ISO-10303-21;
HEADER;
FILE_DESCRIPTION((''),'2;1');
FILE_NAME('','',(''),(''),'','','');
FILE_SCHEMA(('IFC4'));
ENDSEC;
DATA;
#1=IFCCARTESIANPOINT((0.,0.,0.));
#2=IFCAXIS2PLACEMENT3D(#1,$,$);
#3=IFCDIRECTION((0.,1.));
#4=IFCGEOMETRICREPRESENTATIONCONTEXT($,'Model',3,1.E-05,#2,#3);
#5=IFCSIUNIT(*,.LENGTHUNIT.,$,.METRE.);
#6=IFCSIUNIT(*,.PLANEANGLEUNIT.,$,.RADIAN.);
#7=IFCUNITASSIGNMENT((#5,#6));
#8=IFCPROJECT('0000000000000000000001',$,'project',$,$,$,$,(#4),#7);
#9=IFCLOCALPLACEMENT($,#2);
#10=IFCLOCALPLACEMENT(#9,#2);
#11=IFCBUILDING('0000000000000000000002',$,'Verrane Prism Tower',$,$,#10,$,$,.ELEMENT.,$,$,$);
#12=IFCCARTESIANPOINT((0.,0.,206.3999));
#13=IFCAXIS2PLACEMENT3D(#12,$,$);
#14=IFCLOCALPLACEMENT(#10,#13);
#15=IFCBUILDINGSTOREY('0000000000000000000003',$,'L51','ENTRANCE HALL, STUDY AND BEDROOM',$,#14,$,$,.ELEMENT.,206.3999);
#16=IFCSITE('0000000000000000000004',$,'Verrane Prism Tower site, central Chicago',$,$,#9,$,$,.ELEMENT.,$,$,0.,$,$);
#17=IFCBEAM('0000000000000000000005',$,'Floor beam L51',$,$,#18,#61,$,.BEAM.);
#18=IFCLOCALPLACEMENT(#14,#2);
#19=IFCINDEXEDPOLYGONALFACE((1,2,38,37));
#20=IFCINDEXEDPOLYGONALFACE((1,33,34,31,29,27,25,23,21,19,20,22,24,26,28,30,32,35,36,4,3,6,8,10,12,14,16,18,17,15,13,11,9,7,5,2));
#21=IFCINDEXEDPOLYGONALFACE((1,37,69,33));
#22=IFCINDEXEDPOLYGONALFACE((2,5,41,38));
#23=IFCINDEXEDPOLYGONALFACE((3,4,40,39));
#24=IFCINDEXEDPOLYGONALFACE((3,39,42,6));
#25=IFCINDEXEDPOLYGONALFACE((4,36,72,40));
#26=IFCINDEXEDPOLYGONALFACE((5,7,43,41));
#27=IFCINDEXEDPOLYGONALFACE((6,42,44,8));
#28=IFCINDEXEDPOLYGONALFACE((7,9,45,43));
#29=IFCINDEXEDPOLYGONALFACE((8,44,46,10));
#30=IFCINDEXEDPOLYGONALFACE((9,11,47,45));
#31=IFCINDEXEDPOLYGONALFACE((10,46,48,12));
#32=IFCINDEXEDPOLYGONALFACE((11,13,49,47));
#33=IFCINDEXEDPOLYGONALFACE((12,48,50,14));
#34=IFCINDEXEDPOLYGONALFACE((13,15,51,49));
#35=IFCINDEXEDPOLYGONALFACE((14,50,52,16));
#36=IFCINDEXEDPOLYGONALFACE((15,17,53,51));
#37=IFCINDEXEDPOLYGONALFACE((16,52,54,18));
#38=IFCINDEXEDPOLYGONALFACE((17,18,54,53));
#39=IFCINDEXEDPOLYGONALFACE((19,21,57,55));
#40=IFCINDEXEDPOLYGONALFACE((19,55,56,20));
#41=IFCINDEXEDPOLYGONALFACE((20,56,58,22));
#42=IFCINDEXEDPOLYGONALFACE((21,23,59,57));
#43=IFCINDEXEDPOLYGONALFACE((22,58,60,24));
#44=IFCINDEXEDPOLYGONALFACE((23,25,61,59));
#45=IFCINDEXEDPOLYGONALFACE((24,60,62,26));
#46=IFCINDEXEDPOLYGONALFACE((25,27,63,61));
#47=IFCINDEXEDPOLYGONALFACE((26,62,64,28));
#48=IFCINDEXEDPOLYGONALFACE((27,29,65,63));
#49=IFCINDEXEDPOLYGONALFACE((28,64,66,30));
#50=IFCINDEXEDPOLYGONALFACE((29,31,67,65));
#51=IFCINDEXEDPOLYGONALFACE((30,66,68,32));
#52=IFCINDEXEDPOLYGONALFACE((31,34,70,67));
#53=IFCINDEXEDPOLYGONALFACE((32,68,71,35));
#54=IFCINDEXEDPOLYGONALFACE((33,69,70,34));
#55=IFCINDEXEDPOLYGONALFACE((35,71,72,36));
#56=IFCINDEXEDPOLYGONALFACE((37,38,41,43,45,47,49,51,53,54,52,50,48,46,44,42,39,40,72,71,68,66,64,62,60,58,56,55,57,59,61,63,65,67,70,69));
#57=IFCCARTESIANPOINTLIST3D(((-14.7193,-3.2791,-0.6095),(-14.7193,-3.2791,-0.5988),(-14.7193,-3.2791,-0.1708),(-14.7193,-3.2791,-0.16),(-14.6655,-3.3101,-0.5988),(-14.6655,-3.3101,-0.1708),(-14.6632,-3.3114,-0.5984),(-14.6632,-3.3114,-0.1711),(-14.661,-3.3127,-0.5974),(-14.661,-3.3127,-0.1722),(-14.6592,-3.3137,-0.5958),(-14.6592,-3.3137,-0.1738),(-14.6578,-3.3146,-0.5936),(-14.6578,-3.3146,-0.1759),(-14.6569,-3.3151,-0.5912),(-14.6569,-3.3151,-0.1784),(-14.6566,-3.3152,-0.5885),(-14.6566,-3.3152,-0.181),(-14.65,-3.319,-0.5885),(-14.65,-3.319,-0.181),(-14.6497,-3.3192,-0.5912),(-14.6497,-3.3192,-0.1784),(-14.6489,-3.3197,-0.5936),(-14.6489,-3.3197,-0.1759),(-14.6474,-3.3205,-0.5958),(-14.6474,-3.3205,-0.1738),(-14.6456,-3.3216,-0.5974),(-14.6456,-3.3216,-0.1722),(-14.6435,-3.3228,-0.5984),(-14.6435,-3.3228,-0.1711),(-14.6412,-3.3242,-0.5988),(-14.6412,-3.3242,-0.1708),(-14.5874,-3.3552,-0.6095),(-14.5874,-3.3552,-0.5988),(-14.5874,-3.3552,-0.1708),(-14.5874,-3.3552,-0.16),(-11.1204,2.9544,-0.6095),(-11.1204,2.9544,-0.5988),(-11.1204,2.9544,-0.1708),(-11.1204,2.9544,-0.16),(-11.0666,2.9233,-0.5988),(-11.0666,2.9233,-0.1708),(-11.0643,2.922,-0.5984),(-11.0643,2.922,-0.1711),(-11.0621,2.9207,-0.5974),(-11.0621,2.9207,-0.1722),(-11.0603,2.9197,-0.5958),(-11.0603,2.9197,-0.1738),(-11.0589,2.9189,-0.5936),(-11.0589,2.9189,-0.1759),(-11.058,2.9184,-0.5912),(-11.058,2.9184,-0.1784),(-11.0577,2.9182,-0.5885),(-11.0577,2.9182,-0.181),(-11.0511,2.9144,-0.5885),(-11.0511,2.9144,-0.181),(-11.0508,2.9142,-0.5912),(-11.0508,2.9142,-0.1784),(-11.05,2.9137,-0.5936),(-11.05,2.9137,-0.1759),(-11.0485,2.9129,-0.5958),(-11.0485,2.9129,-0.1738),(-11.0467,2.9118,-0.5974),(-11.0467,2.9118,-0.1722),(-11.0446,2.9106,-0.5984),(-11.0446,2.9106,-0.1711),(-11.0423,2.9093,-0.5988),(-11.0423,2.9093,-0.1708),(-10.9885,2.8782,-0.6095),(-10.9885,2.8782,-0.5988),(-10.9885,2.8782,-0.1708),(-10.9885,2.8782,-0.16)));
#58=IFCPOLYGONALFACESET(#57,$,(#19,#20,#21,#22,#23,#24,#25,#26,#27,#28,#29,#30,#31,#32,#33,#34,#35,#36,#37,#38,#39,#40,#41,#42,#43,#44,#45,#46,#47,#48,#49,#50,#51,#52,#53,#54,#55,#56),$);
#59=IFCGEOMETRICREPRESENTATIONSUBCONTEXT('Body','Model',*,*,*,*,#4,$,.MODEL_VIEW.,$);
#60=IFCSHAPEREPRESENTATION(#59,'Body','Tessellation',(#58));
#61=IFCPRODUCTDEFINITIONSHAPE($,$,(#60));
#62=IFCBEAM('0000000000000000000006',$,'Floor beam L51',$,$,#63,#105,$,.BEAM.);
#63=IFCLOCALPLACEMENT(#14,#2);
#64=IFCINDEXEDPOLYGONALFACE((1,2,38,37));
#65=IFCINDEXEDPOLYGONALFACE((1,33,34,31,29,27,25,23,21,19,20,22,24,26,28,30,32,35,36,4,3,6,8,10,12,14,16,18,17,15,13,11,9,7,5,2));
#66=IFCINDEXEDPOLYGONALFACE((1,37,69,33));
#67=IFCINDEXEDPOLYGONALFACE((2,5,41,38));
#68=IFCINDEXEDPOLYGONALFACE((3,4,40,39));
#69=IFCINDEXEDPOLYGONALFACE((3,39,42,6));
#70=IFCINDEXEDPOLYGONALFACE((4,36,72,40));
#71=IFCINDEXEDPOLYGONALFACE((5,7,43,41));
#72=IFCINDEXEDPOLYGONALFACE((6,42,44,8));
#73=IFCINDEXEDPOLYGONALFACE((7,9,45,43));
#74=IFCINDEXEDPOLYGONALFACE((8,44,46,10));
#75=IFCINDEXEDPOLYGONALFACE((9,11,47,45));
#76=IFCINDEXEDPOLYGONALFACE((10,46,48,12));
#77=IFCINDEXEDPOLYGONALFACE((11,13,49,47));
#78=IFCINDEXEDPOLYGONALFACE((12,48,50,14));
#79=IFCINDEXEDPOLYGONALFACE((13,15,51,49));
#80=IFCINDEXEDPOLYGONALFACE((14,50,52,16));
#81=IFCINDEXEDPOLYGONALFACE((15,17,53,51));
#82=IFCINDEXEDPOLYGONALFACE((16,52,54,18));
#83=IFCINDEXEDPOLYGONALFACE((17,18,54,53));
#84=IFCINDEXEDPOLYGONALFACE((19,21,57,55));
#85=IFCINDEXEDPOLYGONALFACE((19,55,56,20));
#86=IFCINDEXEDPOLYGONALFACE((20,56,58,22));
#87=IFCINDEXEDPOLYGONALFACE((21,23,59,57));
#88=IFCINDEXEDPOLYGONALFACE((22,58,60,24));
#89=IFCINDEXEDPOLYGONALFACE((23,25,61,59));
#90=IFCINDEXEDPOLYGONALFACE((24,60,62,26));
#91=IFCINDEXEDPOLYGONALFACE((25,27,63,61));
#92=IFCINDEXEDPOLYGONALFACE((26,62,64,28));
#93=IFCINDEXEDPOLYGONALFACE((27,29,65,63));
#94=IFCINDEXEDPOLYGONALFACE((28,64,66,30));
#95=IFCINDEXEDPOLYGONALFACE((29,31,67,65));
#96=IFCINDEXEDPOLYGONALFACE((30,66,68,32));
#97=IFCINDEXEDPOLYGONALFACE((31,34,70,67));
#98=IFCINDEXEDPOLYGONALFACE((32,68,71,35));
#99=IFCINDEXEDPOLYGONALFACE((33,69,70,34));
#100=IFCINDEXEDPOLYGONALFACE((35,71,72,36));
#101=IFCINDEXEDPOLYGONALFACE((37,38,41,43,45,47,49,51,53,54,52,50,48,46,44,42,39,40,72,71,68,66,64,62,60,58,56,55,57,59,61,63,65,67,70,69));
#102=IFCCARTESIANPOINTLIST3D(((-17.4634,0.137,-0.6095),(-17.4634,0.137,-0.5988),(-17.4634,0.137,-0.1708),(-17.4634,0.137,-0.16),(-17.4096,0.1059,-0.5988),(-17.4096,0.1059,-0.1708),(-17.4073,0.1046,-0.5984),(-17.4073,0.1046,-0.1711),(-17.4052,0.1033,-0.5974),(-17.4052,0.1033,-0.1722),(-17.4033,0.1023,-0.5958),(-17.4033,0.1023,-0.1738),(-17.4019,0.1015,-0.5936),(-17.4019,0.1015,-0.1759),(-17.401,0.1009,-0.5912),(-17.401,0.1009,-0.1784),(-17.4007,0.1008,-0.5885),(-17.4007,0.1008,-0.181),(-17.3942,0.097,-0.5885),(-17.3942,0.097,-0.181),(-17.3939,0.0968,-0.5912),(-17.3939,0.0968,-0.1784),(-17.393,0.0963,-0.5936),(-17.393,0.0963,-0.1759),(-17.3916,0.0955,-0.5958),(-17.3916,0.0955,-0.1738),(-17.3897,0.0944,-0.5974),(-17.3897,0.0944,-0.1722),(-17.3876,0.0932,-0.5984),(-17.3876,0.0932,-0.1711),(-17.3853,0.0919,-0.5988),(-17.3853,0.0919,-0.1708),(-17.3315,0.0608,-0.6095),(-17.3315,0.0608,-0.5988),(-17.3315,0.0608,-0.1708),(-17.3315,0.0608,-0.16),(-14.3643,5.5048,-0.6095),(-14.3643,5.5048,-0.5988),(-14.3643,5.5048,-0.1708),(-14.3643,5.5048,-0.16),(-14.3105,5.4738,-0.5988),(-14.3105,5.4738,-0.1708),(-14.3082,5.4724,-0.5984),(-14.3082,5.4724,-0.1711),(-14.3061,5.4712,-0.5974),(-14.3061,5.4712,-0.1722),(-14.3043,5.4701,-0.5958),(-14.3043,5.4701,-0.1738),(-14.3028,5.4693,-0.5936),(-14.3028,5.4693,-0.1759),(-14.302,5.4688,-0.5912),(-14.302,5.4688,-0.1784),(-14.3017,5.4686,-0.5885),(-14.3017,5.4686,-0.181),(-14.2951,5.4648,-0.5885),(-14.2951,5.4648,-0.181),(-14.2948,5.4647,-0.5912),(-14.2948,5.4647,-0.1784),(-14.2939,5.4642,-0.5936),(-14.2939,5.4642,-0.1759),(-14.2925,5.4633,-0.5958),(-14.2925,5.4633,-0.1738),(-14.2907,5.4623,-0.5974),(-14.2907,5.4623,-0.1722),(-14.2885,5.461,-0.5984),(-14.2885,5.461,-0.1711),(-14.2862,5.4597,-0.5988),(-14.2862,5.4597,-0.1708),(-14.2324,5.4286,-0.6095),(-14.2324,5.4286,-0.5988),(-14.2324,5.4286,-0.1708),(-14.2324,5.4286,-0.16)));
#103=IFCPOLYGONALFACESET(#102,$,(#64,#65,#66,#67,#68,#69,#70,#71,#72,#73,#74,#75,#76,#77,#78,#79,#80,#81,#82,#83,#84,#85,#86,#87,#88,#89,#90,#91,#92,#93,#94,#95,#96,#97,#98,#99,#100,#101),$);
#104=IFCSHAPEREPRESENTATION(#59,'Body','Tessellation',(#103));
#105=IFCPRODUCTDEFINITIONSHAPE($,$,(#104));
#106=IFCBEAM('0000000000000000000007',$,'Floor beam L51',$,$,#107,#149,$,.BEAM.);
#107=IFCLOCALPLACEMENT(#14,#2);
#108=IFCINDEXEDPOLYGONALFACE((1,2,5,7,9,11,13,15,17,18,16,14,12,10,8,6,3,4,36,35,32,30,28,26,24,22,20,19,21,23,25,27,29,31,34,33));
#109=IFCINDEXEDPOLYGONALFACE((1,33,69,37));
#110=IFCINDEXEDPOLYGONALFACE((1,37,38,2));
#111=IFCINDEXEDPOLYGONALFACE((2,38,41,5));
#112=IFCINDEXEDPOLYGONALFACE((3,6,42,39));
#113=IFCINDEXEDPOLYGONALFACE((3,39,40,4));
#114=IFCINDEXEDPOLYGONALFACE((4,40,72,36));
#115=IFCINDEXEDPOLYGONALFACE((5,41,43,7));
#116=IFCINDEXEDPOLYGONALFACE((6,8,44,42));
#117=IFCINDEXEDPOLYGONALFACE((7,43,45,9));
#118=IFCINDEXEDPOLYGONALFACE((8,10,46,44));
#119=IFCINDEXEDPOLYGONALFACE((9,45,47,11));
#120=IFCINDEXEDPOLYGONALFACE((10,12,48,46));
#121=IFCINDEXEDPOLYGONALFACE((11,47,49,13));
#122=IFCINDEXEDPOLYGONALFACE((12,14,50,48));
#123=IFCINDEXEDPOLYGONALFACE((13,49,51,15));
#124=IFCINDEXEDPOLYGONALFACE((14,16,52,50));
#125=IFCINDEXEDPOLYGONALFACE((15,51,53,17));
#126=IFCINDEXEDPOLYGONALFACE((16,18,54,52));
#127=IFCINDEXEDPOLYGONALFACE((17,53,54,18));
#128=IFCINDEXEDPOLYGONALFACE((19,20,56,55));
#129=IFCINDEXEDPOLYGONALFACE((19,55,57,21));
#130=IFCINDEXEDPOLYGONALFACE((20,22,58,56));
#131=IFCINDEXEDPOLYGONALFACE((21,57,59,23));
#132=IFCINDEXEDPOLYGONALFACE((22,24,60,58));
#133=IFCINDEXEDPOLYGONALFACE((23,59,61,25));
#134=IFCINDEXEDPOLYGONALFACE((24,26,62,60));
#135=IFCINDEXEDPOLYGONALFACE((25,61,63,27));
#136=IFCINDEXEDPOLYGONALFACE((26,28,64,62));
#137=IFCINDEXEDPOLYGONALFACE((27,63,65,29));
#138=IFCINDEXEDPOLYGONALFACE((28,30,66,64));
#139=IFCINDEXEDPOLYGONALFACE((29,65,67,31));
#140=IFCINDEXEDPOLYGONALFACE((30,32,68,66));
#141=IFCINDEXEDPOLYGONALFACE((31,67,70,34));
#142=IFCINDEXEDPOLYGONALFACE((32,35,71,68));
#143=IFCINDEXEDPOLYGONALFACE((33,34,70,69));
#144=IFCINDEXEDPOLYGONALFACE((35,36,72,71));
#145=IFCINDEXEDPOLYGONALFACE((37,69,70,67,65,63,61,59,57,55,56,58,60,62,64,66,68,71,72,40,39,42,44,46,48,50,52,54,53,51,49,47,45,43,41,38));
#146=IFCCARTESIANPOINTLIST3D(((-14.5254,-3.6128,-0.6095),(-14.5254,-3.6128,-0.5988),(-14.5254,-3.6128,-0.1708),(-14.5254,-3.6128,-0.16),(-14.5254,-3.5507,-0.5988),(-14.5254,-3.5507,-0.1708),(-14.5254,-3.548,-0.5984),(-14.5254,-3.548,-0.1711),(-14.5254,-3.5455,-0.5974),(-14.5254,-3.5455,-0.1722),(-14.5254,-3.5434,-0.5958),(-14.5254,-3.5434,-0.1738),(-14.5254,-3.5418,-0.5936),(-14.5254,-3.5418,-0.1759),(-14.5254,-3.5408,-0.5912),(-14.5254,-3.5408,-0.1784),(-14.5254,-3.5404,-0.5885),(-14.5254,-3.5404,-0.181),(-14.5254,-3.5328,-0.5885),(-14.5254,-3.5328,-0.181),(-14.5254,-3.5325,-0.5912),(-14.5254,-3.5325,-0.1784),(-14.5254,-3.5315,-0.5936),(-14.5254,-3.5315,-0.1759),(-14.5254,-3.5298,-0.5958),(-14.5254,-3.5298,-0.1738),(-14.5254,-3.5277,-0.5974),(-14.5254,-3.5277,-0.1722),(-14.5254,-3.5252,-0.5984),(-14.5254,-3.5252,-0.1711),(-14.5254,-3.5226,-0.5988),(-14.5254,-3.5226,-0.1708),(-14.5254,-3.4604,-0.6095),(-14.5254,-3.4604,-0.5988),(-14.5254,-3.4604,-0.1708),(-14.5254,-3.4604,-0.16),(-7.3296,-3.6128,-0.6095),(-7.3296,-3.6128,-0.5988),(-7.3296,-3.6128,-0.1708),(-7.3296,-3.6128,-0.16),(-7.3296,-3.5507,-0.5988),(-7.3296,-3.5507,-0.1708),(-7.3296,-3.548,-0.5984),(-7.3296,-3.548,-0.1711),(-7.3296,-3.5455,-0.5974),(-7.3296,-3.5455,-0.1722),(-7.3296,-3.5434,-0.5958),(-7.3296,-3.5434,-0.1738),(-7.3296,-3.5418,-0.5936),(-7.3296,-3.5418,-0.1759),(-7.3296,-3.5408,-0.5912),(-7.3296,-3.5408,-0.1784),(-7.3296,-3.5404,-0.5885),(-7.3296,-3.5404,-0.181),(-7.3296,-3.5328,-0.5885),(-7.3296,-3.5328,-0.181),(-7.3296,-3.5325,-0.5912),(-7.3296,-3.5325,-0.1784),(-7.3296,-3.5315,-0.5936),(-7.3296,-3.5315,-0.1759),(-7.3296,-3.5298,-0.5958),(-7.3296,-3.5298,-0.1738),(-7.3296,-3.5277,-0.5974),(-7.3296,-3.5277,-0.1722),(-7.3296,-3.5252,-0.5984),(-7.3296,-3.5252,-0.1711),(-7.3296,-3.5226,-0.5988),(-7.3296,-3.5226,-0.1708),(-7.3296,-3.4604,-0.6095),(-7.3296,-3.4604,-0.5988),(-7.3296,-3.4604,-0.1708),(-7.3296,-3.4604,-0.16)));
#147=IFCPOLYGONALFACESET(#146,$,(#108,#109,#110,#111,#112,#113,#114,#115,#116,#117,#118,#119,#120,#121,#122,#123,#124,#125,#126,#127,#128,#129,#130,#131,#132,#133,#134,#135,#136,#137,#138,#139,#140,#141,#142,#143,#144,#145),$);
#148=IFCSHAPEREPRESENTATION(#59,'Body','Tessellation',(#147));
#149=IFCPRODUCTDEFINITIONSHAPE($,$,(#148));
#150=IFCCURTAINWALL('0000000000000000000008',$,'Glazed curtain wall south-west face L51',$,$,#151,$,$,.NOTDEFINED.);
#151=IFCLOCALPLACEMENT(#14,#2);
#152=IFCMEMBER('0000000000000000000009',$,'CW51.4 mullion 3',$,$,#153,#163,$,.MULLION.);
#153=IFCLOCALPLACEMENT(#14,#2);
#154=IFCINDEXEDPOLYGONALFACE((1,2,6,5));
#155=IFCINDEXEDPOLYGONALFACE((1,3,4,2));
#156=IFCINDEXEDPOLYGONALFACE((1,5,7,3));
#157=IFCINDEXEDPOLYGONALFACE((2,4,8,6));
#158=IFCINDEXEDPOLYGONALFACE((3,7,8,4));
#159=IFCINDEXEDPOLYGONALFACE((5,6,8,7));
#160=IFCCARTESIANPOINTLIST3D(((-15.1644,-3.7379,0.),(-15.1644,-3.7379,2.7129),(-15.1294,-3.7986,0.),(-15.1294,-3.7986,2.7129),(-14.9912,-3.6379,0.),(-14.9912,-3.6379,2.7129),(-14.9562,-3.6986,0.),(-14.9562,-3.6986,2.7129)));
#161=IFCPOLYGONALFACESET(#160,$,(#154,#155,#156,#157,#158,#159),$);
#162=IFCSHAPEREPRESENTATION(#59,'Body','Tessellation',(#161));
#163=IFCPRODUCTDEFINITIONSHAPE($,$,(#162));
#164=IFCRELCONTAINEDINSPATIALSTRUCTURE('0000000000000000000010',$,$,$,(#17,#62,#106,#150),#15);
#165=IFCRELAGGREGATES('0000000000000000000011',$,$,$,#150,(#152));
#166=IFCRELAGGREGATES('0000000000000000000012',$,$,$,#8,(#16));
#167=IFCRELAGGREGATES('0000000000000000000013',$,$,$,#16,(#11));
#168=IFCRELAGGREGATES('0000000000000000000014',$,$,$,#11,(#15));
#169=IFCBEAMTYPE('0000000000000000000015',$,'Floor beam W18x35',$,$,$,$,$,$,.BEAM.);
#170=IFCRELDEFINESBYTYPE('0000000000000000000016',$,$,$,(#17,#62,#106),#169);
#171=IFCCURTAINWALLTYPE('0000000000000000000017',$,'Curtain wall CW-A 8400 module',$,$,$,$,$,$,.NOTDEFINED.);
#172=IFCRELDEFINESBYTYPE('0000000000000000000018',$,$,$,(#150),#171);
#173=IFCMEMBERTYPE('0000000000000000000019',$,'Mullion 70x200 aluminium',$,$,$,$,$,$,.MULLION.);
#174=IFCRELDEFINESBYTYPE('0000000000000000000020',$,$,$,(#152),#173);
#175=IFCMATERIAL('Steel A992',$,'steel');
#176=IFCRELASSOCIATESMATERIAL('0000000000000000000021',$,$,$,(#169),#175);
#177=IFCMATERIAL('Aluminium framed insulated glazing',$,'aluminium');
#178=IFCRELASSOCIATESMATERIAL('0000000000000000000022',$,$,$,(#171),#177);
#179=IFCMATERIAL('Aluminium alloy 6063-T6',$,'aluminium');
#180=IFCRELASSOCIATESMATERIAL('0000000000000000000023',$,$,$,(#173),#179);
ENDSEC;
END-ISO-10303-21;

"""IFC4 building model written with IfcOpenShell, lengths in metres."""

from ifc_helpers import new_model, si_unit, direction, frame, origin, origin_2d, place, context, subcontext, project, spatial, rectangle, i_section, extrude, material, material_profile, profile_set, type_object, element, aggregate, save


model = new_model("IFC4")

# Units and contexts
model_context = context("Model", 3, precision=1e-05, world=origin(), true_north=direction((0.0, 1.0)))
body_context = subcontext(model_context, "Body", "Model", "MODEL_VIEW")
ifc_project = project(units=[si_unit("LENGTHUNIT", "METRE"), si_unit("PLANEANGLEUNIT", "RADIAN")], contexts=[model_context])

# Site, building, storey
site_placement = place(None, origin())
site = spatial("IfcSite", under=ifc_project, at=site_placement, Name="Verrane Prism Tower site, central Chicago", CompositionType="ELEMENT", RefElevation=0.0)
building_placement = place(site_placement, origin())
building = spatial("IfcBuilding", under=site, at=building_placement, Name="Verrane Prism Tower", CompositionType="ELEMENT")
storey_placement = place(building_placement, frame((0.0, 0.0, 206.3999)))
storey = spatial("IfcBuildingStorey", under=building, at=storey_placement, Name="L51", Description="ENTRANCE HALL, STUDY AND BEDROOM", CompositionType="ELEMENT", Elevation=206.3999)

# Beams
ifc_material_1 = material(Name="Steel A992", Category="steel")
ifc_material_profile_1 = material_profile(ifc_material_1, i_section(OverallWidth=0.1523, OverallDepth=0.4495, WebThickness=0.0076, FlangeThickness=0.0107, FilletRadius=0.0103, at=origin_2d()), Name="W18x35")
ifc_profile_set_1 = profile_set([ifc_material_profile_1], Name="Steel A992")
beam_type_1 = type_object("IfcBeamType", Name="Floor beam W18x35", PredefinedType="BEAM", material=ifc_profile_set_1)
beam_1_placement = place(storey_placement, frame((-14.6533, -3.3171, -0.3848), z_axis=(0.500002, 0.866024, 0.0), x_axis=(-0.866024, 0.500002, 0.0)))
element("IfcBeam", 1, at=beam_1_placement, inside=storey, type_object=beam_type_1, Name="Floor beam L51", PredefinedType="BEAM", context=body_context, shape_type="SweptSolid", body=[
    extrude(i_section(OverallWidth=0.1523, OverallDepth=0.4495, WebThickness=0.0076, FlangeThickness=0.0107, FilletRadius=0.0103, at=origin_2d()), origin(), (0.0, 0.0, 1.0), 7.1978),
])
beam_2_placement = place(storey_placement, frame((-17.3975, 0.0989, -0.3848), z_axis=(0.499994, 0.866029, 0.0), x_axis=(-0.866029, 0.499994, 0.0)))
element("IfcBeam", 2, at=beam_2_placement, inside=storey, type_object=beam_type_1, Name="Floor beam L51", PredefinedType="BEAM", context=body_context, shape_type="SweptSolid", body=[
    extrude(i_section(OverallWidth=0.1523, OverallDepth=0.4495, WebThickness=0.0076, FlangeThickness=0.0107, FilletRadius=0.0103, at=origin_2d()), origin(), (0.0, 0.0, 1.0), 6.1982),
])
beam_3_placement = place(storey_placement, frame((-14.5254, -3.5366, -0.3848), z_axis=(1.0, 0.0, 0.0), x_axis=(0.0, 1.0, 0.0)))
element("IfcBeam", 3, at=beam_3_placement, inside=storey, type_object=beam_type_1, Name="Floor beam L51", PredefinedType="BEAM", context=body_context, shape_type="SweptSolid", body=[
    extrude(i_section(OverallWidth=0.1523, OverallDepth=0.4495, WebThickness=0.0076, FlangeThickness=0.0107, FilletRadius=0.0103, at=origin_2d()), origin(), (0.0, 0.0, 1.0), 7.1958),
])

# Curtain wall, member
ifc_material_2 = material(Name="Aluminium framed insulated glazing", Category="aluminium")
curtain_wall_type = type_object("IfcCurtainWallType", Name="Curtain wall CW-A 8400 module", PredefinedType="NOTDEFINED", material=ifc_material_2)
curtain_wall_placement = place(storey_placement, origin())
curtain_wall = element("IfcCurtainWall", 4, at=curtain_wall_placement, inside=storey, type_object=curtain_wall_type, Name="Glazed curtain wall south-west face L51", PredefinedType="NOTDEFINED")
ifc_material_3 = material(Name="Aluminium alloy 6063-T6", Category="aluminium")
ifc_material_profile_2 = material_profile(ifc_material_3, rectangle(XDim=0.2, YDim=0.0701, at=origin_2d()), Name="Mullion 70x200 aluminium")
ifc_profile_set_2 = profile_set([ifc_material_profile_2], Name="Aluminium alloy 6063-T6")
member_type_1 = type_object("IfcMemberType", Name="Mullion 70x200 aluminium", PredefinedType="MULLION", material=ifc_profile_set_2)
member_1_placement = place(storey_placement, frame((-15.0603, -3.7183, 0.0), z_axis=(0.0, 0.0, 1.0), x_axis=(0.866026, 0.499999, 0.0)))
member_1 = element("IfcMember", 5, at=member_1_placement, type_object=member_type_1, Name="CW51.4 mullion 3", PredefinedType="MULLION", context=body_context, shape_type="SweptSolid", body=[
    extrude(rectangle(XDim=0.2, YDim=0.0701, at=origin_2d()), origin(), (0.0, 0.0, 1.0), 2.7129),
])

aggregate(curtain_wall, [member_1])

save(model, "model.ifc")
